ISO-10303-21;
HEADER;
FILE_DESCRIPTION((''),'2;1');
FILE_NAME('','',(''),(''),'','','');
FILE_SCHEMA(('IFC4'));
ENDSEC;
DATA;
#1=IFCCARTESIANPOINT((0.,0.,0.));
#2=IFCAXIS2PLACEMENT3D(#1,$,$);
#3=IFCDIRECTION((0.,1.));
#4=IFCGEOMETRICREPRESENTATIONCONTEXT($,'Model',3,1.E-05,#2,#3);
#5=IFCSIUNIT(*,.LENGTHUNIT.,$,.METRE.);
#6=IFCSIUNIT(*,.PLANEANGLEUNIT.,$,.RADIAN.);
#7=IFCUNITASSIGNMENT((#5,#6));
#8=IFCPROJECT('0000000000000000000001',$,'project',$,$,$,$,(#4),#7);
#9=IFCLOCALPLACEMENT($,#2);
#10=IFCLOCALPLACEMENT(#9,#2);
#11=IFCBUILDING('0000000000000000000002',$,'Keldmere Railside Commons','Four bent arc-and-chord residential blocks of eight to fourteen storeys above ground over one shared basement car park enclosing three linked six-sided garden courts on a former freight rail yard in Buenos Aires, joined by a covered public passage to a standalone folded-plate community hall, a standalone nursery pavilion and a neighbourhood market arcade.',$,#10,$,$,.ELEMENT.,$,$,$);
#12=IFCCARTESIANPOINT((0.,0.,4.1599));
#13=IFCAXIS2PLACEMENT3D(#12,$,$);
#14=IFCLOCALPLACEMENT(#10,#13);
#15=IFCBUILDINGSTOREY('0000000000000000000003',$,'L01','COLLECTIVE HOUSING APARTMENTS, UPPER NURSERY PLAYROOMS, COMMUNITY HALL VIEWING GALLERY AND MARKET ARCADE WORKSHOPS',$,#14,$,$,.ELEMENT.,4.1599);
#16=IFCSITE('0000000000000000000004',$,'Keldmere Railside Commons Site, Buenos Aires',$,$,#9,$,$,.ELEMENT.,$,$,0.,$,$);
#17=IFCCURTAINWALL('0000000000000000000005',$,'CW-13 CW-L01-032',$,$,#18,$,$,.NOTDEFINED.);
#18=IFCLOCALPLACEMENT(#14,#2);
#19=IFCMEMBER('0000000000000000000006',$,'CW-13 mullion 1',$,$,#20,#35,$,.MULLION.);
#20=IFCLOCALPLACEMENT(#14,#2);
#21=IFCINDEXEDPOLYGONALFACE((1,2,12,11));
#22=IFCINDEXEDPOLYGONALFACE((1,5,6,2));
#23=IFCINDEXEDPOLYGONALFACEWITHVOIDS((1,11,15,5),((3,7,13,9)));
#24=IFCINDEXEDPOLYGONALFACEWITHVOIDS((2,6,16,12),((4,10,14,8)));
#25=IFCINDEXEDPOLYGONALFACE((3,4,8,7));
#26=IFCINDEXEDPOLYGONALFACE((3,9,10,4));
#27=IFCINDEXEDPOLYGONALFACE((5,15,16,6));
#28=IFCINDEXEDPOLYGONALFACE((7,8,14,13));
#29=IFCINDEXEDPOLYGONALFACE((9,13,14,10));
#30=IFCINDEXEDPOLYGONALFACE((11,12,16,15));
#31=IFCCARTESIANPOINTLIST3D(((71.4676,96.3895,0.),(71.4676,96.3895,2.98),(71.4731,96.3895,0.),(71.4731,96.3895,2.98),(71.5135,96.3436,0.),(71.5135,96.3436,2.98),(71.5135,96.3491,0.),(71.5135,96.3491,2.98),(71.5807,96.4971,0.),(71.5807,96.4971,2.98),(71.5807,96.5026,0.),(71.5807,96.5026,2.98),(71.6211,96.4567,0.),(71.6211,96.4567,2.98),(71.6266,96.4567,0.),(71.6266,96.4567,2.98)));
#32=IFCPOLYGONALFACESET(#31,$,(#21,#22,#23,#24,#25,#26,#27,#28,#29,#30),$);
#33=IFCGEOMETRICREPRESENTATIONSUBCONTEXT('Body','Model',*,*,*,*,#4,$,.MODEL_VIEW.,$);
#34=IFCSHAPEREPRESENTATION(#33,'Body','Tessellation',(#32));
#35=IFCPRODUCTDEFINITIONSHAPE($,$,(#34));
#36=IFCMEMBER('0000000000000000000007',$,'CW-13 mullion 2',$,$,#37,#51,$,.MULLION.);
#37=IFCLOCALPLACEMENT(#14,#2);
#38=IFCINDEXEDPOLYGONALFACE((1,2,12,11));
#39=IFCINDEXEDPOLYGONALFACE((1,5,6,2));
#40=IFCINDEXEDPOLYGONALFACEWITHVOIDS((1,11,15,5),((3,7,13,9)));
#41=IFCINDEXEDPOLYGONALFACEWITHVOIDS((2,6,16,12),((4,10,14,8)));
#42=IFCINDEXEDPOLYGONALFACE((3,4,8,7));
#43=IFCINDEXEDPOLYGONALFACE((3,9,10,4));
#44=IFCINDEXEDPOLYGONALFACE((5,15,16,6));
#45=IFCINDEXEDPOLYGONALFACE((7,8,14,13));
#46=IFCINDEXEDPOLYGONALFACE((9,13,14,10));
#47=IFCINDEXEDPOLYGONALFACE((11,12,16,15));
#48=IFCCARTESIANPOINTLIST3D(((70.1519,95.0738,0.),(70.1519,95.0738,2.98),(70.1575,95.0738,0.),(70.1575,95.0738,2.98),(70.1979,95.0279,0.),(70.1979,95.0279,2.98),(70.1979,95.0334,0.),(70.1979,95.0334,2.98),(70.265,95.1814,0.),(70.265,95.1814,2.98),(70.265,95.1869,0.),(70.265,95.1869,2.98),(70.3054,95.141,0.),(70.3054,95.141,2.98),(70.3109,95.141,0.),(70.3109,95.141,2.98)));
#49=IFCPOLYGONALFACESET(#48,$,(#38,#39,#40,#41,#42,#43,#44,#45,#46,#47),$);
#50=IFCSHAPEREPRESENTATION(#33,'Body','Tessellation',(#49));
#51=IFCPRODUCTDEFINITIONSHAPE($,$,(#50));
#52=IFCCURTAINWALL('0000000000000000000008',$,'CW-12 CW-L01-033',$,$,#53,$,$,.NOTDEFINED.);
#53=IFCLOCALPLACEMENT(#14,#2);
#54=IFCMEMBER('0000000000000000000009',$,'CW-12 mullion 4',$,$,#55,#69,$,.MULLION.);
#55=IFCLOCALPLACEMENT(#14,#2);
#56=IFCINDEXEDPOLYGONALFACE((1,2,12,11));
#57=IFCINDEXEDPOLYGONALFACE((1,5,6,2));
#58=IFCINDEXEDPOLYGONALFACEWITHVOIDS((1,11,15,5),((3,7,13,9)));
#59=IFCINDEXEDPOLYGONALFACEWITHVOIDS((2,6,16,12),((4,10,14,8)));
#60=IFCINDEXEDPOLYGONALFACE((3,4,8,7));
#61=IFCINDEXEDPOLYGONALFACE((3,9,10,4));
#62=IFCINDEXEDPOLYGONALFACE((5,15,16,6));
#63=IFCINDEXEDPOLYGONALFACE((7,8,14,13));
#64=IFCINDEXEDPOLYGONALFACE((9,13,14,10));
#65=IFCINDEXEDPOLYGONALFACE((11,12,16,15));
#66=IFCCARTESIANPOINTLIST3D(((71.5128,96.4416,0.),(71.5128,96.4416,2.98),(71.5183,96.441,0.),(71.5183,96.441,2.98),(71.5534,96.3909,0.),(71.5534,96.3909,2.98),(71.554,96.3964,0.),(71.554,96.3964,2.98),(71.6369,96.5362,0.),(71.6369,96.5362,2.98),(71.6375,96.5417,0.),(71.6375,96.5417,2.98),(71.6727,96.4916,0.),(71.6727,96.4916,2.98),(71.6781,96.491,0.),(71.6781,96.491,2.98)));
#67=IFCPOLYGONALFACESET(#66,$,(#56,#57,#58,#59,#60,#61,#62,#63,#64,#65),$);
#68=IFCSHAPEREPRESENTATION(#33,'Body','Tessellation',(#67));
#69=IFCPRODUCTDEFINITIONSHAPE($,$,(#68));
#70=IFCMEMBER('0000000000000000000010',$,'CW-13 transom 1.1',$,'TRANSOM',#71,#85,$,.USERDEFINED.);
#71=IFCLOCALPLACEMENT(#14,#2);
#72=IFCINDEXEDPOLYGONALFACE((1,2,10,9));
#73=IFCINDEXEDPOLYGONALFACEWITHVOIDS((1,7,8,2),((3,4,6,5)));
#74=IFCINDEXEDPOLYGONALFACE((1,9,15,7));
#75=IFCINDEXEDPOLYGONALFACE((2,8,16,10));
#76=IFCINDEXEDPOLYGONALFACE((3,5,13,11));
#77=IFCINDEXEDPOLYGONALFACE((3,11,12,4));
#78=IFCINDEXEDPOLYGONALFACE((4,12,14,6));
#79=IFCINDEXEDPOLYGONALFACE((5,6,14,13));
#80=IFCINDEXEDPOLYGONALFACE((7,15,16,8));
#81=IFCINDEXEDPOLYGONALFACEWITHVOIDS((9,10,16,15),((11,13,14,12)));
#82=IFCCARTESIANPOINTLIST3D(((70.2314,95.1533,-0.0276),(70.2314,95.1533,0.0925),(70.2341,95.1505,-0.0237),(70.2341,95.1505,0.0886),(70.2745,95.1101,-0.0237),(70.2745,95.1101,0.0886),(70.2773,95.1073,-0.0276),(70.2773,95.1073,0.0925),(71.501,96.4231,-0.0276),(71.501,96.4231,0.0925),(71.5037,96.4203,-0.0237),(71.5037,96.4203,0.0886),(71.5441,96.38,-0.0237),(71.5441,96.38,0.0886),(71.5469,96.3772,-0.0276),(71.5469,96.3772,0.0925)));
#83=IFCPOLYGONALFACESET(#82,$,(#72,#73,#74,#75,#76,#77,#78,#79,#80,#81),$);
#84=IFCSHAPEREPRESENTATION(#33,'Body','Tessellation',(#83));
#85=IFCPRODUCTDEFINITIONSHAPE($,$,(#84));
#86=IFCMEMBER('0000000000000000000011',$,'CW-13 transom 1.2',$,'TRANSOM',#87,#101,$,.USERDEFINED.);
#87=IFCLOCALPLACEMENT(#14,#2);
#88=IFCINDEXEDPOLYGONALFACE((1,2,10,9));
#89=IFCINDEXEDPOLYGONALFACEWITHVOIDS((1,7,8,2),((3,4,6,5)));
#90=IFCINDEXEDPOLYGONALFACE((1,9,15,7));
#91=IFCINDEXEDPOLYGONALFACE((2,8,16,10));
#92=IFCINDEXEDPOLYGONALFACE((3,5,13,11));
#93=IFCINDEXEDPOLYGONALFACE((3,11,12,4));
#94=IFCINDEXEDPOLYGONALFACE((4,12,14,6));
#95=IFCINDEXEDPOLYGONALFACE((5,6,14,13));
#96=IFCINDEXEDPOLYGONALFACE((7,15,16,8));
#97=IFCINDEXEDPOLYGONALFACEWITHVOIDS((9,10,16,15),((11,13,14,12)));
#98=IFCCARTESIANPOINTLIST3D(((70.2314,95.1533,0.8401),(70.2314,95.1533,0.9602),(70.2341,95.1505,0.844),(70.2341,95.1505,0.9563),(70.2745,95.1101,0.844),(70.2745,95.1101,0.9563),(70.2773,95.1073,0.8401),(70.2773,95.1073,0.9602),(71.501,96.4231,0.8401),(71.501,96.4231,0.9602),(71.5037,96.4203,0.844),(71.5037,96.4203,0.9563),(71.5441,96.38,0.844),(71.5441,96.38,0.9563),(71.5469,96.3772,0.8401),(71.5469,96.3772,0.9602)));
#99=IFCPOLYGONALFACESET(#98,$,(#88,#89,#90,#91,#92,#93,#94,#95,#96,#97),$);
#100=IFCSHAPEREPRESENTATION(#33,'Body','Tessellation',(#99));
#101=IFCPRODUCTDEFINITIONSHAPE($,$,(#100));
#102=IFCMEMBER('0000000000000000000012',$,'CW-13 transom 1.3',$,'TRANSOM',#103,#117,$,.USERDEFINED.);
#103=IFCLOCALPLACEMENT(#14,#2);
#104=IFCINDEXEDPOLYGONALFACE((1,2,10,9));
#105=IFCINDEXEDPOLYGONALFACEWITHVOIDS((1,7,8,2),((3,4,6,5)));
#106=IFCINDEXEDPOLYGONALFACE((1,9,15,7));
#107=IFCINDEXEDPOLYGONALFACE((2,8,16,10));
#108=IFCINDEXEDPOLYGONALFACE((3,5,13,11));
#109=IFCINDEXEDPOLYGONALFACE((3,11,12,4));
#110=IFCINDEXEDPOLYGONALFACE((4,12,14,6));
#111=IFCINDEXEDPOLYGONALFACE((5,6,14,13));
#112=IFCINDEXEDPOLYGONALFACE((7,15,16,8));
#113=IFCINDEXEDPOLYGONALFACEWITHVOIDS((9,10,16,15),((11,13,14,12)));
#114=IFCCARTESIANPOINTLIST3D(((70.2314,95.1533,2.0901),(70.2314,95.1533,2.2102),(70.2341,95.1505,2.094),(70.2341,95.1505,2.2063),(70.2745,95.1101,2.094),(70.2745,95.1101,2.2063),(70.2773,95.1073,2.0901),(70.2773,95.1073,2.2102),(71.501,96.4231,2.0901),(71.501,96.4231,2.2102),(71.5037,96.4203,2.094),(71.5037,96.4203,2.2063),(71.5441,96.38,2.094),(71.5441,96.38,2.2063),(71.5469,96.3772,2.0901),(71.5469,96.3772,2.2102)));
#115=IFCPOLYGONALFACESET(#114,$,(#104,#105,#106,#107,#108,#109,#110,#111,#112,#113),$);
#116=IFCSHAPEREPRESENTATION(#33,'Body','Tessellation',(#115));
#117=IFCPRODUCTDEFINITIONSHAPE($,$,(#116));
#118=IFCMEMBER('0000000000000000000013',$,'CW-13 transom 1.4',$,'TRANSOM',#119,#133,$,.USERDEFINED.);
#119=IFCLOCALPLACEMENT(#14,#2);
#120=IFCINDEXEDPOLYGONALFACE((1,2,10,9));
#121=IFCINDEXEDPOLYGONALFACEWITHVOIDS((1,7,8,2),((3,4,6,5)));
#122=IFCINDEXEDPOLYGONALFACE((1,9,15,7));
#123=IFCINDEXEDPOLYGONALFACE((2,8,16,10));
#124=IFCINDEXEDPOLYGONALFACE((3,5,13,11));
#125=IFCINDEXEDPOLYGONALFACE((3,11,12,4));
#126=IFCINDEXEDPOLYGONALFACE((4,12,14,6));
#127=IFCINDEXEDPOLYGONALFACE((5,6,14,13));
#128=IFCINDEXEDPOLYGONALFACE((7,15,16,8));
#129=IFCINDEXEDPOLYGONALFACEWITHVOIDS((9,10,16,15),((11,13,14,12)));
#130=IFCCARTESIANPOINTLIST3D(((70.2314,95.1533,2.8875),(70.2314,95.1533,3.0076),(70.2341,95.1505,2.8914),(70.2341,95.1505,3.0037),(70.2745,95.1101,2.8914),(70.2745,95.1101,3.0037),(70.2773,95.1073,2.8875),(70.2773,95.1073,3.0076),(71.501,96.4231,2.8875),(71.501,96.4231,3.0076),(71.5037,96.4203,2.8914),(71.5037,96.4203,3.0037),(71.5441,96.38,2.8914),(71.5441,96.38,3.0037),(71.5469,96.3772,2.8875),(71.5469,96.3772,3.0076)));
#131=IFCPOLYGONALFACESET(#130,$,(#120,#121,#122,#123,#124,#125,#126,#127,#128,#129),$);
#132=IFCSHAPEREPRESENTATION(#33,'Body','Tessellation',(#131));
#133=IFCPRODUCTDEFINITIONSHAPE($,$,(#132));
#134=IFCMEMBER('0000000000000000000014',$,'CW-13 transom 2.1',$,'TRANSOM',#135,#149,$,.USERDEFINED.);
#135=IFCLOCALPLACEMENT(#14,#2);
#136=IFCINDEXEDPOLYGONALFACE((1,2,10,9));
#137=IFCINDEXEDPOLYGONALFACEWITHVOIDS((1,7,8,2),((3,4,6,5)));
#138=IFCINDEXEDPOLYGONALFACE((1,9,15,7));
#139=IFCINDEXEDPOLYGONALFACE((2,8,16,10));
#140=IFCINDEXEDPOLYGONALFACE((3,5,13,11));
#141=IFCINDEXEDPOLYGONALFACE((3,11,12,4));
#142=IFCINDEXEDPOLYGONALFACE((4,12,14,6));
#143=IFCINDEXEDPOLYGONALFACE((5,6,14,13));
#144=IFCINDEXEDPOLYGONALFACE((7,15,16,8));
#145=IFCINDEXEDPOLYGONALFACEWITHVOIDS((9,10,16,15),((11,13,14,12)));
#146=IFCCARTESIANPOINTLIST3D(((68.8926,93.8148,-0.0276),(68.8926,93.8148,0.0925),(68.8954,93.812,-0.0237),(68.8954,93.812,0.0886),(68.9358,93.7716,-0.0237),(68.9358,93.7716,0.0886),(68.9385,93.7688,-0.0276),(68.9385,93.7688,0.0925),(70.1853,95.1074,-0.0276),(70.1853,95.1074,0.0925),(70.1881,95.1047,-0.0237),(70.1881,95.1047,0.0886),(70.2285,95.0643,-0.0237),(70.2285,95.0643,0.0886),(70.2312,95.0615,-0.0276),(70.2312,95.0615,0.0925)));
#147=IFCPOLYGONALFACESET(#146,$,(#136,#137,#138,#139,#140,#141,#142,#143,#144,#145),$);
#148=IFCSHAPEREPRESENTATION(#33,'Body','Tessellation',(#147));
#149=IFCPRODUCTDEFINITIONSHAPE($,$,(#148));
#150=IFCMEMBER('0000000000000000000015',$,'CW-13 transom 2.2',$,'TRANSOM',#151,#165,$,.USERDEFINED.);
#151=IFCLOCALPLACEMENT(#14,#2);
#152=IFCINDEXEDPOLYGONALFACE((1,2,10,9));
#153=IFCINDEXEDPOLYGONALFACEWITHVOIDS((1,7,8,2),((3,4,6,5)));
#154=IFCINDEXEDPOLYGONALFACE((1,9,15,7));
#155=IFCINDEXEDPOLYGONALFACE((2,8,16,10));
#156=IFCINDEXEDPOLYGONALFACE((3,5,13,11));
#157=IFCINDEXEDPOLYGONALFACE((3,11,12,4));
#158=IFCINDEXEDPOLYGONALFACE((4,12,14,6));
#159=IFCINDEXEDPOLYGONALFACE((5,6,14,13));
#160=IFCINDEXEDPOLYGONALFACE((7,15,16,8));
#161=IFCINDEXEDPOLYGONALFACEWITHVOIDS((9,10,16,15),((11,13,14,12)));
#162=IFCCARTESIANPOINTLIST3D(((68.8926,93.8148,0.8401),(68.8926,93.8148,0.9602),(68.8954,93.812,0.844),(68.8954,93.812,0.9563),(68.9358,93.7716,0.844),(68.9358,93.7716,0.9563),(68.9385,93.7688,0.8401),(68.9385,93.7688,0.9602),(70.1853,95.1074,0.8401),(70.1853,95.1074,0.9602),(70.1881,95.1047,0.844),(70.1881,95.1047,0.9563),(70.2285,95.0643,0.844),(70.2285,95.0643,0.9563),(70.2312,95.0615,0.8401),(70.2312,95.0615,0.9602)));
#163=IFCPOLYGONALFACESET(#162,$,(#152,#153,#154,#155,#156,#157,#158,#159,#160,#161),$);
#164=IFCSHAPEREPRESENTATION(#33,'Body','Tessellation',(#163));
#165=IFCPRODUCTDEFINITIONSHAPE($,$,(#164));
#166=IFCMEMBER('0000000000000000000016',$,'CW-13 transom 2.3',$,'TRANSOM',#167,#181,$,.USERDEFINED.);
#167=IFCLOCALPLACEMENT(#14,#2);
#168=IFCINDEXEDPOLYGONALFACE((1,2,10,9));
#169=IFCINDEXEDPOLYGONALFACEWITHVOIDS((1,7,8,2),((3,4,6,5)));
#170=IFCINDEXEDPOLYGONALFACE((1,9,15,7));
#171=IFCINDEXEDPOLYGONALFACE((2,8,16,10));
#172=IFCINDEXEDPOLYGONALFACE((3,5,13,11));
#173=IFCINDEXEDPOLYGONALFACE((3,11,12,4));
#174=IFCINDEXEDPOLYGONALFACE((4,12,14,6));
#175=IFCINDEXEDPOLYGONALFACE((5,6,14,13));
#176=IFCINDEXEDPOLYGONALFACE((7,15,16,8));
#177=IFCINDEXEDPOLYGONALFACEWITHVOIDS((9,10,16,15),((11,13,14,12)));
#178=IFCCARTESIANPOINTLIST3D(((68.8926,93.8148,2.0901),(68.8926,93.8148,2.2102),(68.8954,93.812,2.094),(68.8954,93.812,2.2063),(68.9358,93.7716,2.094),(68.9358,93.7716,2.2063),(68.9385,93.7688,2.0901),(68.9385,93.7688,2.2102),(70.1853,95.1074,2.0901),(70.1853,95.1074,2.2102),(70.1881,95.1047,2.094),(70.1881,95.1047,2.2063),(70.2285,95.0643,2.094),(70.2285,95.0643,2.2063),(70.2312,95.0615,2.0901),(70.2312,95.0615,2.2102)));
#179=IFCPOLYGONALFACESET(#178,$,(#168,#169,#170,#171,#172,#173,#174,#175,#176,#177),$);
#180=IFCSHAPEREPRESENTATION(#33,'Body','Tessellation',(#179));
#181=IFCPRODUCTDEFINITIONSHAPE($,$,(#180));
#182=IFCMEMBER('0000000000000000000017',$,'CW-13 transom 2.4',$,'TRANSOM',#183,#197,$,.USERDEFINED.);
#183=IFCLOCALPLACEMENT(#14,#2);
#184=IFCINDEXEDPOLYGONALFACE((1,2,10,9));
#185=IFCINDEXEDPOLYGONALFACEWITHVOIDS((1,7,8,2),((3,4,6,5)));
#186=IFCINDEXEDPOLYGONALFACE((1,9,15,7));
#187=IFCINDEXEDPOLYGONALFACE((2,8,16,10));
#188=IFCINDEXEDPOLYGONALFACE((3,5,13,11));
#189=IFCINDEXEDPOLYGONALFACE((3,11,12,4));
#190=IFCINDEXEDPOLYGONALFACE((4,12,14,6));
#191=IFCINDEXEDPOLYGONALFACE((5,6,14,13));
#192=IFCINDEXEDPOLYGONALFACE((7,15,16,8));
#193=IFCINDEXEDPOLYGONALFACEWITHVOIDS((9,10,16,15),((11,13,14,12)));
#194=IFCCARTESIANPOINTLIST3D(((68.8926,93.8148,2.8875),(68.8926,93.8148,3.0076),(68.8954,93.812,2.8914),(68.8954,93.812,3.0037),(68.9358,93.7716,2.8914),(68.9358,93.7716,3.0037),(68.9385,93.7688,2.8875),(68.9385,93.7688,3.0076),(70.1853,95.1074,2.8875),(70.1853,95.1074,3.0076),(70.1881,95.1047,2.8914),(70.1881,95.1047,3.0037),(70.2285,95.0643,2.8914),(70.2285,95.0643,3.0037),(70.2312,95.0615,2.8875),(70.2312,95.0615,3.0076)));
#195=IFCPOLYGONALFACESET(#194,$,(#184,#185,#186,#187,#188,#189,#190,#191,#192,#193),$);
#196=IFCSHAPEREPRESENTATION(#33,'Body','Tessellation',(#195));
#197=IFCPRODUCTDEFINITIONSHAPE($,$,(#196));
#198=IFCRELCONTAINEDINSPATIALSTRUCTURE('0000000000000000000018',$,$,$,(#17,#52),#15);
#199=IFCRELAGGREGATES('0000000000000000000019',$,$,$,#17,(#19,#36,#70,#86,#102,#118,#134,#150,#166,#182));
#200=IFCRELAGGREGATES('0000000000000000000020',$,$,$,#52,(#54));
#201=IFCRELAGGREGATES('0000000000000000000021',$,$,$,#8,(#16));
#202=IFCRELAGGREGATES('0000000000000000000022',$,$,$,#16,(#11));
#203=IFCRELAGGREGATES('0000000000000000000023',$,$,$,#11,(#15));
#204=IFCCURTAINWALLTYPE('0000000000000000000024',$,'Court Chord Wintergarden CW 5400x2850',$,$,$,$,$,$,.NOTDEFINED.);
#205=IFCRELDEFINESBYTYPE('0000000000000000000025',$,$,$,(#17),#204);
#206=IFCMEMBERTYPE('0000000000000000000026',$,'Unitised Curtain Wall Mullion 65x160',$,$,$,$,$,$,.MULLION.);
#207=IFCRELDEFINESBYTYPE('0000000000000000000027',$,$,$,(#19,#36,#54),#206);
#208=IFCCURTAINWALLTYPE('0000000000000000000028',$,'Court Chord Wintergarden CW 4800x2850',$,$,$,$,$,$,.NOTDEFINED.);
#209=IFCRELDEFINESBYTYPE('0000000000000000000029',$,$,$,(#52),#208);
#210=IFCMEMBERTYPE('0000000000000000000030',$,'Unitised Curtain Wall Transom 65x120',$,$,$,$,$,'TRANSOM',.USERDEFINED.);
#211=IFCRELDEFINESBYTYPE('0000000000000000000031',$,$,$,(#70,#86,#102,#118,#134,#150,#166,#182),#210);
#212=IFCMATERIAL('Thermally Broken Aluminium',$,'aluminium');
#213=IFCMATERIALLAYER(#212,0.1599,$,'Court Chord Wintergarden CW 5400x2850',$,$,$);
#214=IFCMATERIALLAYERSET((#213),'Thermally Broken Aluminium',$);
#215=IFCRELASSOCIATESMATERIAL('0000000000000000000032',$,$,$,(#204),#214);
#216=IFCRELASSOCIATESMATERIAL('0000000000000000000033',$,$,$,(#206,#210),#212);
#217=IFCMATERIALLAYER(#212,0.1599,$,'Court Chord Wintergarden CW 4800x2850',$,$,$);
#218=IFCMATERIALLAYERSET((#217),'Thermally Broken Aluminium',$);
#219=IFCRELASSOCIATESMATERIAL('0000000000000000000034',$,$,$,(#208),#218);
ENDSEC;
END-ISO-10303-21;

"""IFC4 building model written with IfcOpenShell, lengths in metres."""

from ifc_helpers import new_model, si_unit, direction, frame, origin, origin_2d, place, context, subcontext, project, spatial, hollow_rectangle, extrude, material, layer, layer_set, material_profile, profile_set, type_object, element, aggregate, save


model = new_model("IFC4")

# Units and contexts
model_context = context("Model", 3, precision=1e-05, world=origin(), true_north=direction((0.0, 1.0)))
body_context = subcontext(model_context, "Body", "Model", "MODEL_VIEW")
ifc_project = project(units=[si_unit("LENGTHUNIT", "METRE"), si_unit("PLANEANGLEUNIT", "RADIAN")], contexts=[model_context])

# Site, building, storey
site_placement = place(None, origin())
site = spatial("IfcSite", under=ifc_project, at=site_placement, Name="Keldmere Railside Commons Site, Buenos Aires", CompositionType="ELEMENT", RefElevation=0.0)
building_placement = place(site_placement, origin())
building = spatial("IfcBuilding", under=site, at=building_placement, Name="Keldmere Railside Commons", Description="Four bent arc-and-chord residential blocks of eight to fourteen storeys above ground over one shared basement car park enclosing three linked six-sided garden courts on a former freight rail yard in Buenos Aires, joined by a covered public passage to a standalone folded-plate community hall, a standalone nursery pavilion and a neighbourhood market arcade.", CompositionType="ELEMENT")
storey_placement = place(building_placement, frame((0.0, 0.0, 4.1599)))
storey = spatial("IfcBuildingStorey", under=building, at=storey_placement, Name="L01", Description="COLLECTIVE HOUSING APARTMENTS, UPPER NURSERY PLAYROOMS, COMMUNITY HALL VIEWING GALLERY AND MARKET ARCADE WORKSHOPS", CompositionType="ELEMENT", Elevation=4.1599)

# Curtain wall, members
ifc_material_1 = material(Name="Thermally Broken Aluminium", Category="aluminium")
ifc_layer_1 = layer(ifc_material_1, 0.1599, Name="Court Chord Wintergarden CW 5400x2850")
ifc_layer_set_1 = layer_set([ifc_layer_1], Name="Thermally Broken Aluminium")
curtain_wall_type_1 = type_object("IfcCurtainWallType", Name="Court Chord Wintergarden CW 5400x2850", PredefinedType="NOTDEFINED", material=ifc_layer_set_1)
curtain_wall_1_placement = place(storey_placement, origin())
curtain_wall_1 = element("IfcCurtainWall", 1, at=curtain_wall_1_placement, inside=storey, type_object=curtain_wall_type_1, Name="CW-13 CW-L01-032", PredefinedType="NOTDEFINED")
ifc_material_profile_1 = material_profile(ifc_material_1, hollow_rectangle(XDim=0.0649, YDim=0.1599, WallThickness=0.0039, at=origin_2d()), Name="ALU-MULL-65x160")
ifc_profile_set_1 = profile_set([ifc_material_profile_1], Name="Thermally Broken Aluminium")
member_type_1 = type_object("IfcMemberType", Name="Unitised Curtain Wall Mullion 65x160", PredefinedType="MULLION", material=ifc_profile_set_1)
member_1_placement = place(storey_placement, frame((71.5471, 96.4231, 0.0), z_axis=(0.0, 0.0, 1.0), x_axis=(0.707107, -0.707107, 0.0)))
member_1 = element("IfcMember", 2, at=member_1_placement, type_object=member_type_1, Name="CW-13 mullion 1", PredefinedType="MULLION", context=body_context, shape_type="SweptSolid", body=[
    extrude(hollow_rectangle(XDim=0.0649, YDim=0.1599, WallThickness=0.0039, at=origin_2d()), origin(), (0.0, 0.0, 1.0), 2.98),
])
member_2_placement = place(storey_placement, frame((70.2314, 95.1074, 0.0), z_axis=(0.0, 0.0, 1.0), x_axis=(0.707107, -0.707107, 0.0)))
member_2 = element("IfcMember", 3, at=member_2_placement, type_object=member_type_1, Name="CW-13 mullion 2", PredefinedType="MULLION", context=body_context, shape_type="SweptSolid", body=[
    extrude(hollow_rectangle(XDim=0.0649, YDim=0.1599, WallThickness=0.0039, at=origin_2d()), origin(), (0.0, 0.0, 1.0), 2.98),
])

# Curtain wall, member
ifc_layer_2 = layer(ifc_material_1, 0.1599, Name="Court Chord Wintergarden CW 4800x2850")
ifc_layer_set_2 = layer_set([ifc_layer_2], Name="Thermally Broken Aluminium")
curtain_wall_type_2 = type_object("IfcCurtainWallType", Name="Court Chord Wintergarden CW 4800x2850", PredefinedType="NOTDEFINED", material=ifc_layer_set_2)
curtain_wall_2_placement = place(storey_placement, origin())
curtain_wall_2 = element("IfcCurtainWall", 4, at=curtain_wall_2_placement, inside=storey, type_object=curtain_wall_type_2, Name="CW-12 CW-L01-033", PredefinedType="NOTDEFINED")
member_3_placement = place(storey_placement, frame((71.5955, 96.4663, 0.0), z_axis=(0.0, 0.0, 1.0), x_axis=(0.625768, -0.780009, 0.0)))
member_3 = element("IfcMember", 5, at=member_3_placement, type_object=member_type_1, Name="CW-12 mullion 4", PredefinedType="MULLION", context=body_context, shape_type="SweptSolid", body=[
    extrude(hollow_rectangle(XDim=0.0649, YDim=0.1599, WallThickness=0.0039, at=origin_2d()), origin(), (0.0, 0.0, 1.0), 2.98),
])

# Members
ifc_material_profile_2 = material_profile(ifc_material_1, hollow_rectangle(XDim=0.0649, YDim=0.1201, WallThickness=0.0039, at=origin_2d()), Name="ALU-TRAN-65x120")
ifc_profile_set_2 = profile_set([ifc_material_profile_2], Name="Thermally Broken Aluminium")
member_type_2 = type_object("IfcMemberType", Name="Unitised Curtain Wall Transom 65x120", ElementType="TRANSOM", PredefinedType="USERDEFINED", material=ifc_profile_set_2)
member_4_placement = place(storey_placement, frame((71.5239, 96.4001, 0.0325), z_axis=(-0.707039, -0.707175, 0.0), x_axis=(0.707175, -0.707039, 0.0)))
member_4 = element("IfcMember", 6, at=member_4_placement, type_object=member_type_2, Name="CW-13 transom 1.1", ObjectType="TRANSOM", PredefinedType="USERDEFINED", context=body_context, shape_type="SweptSolid", body=[
    extrude(hollow_rectangle(XDim=0.0649, YDim=0.1201, WallThickness=0.0039, at=origin_2d()), origin(), (0.0, 0.0, 1.0), 1.7957),
])
member_5_placement = place(storey_placement, frame((71.5239, 96.4001, 0.9001), z_axis=(-0.707039, -0.707175, 0.0), x_axis=(0.707175, -0.707039, 0.0)))
member_5 = element("IfcMember", 7, at=member_5_placement, type_object=member_type_2, Name="CW-13 transom 1.2", ObjectType="TRANSOM", PredefinedType="USERDEFINED", context=body_context, shape_type="SweptSolid", body=[
    extrude(hollow_rectangle(XDim=0.0649, YDim=0.1201, WallThickness=0.0039, at=origin_2d()), origin(), (0.0, 0.0, 1.0), 1.7957),
])
member_6_placement = place(storey_placement, frame((71.5239, 96.4001, 2.1501), z_axis=(-0.707039, -0.707175, 0.0), x_axis=(0.707175, -0.707039, 0.0)))
member_6 = element("IfcMember", 8, at=member_6_placement, type_object=member_type_2, Name="CW-13 transom 1.3", ObjectType="TRANSOM", PredefinedType="USERDEFINED", context=body_context, shape_type="SweptSolid", body=[
    extrude(hollow_rectangle(XDim=0.0649, YDim=0.1201, WallThickness=0.0039, at=origin_2d()), origin(), (0.0, 0.0, 1.0), 1.7957),
])
member_7_placement = place(storey_placement, frame((71.5239, 96.4001, 2.9475), z_axis=(-0.707039, -0.707175, 0.0), x_axis=(0.707175, -0.707039, 0.0)))
member_7 = element("IfcMember", 9, at=member_7_placement, type_object=member_type_2, Name="CW-13 transom 1.4", ObjectType="TRANSOM", PredefinedType="USERDEFINED", context=body_context, shape_type="SweptSolid", body=[
    extrude(hollow_rectangle(XDim=0.0649, YDim=0.1201, WallThickness=0.0039, at=origin_2d()), origin(), (0.0, 0.0, 1.0), 1.7957),
])
member_8_placement = place(storey_placement, frame((70.2083, 95.0845, 0.0325), z_axis=(-0.707107, -0.707107, 0.0), x_axis=(0.707107, -0.707107, 0.0)))
member_8 = element("IfcMember", 10, at=member_8_placement, type_object=member_type_2, Name="CW-13 transom 2.1", ObjectType="TRANSOM", PredefinedType="USERDEFINED", context=body_context, shape_type="SweptSolid", body=[
    extrude(hollow_rectangle(XDim=0.0649, YDim=0.1201, WallThickness=0.0039, at=origin_2d()), origin(), (0.0, 0.0, 1.0), 1.8281),
])
member_9_placement = place(storey_placement, frame((70.2083, 95.0845, 0.9001), z_axis=(-0.707107, -0.707107, 0.0), x_axis=(0.707107, -0.707107, 0.0)))
member_9 = element("IfcMember", 11, at=member_9_placement, type_object=member_type_2, Name="CW-13 transom 2.2", ObjectType="TRANSOM", PredefinedType="USERDEFINED", context=body_context, shape_type="SweptSolid", body=[
    extrude(hollow_rectangle(XDim=0.0649, YDim=0.1201, WallThickness=0.0039, at=origin_2d()), origin(), (0.0, 0.0, 1.0), 1.8281),
])
member_10_placement = place(storey_placement, frame((70.2083, 95.0845, 2.1501), z_axis=(-0.707107, -0.707107, 0.0), x_axis=(0.707107, -0.707107, 0.0)))
member_10 = element("IfcMember", 12, at=member_10_placement, type_object=member_type_2, Name="CW-13 transom 2.3", ObjectType="TRANSOM", PredefinedType="USERDEFINED", context=body_context, shape_type="SweptSolid", body=[
    extrude(hollow_rectangle(XDim=0.0649, YDim=0.1201, WallThickness=0.0039, at=origin_2d()), origin(), (0.0, 0.0, 1.0), 1.8281),
])
member_11_placement = place(storey_placement, frame((70.2083, 95.0845, 2.9475), z_axis=(-0.707107, -0.707107, 0.0), x_axis=(0.707107, -0.707107, 0.0)))
member_11 = element("IfcMember", 13, at=member_11_placement, type_object=member_type_2, Name="CW-13 transom 2.4", ObjectType="TRANSOM", PredefinedType="USERDEFINED", context=body_context, shape_type="SweptSolid", body=[
    extrude(hollow_rectangle(XDim=0.0649, YDim=0.1201, WallThickness=0.0039, at=origin_2d()), origin(), (0.0, 0.0, 1.0), 1.8281),
])

aggregate(curtain_wall_1, [member_1, member_2, member_4, member_5, member_6, member_7, member_8, member_9, member_10, member_11])
aggregate(curtain_wall_2, [member_3])

save(model, "model.ifc")
